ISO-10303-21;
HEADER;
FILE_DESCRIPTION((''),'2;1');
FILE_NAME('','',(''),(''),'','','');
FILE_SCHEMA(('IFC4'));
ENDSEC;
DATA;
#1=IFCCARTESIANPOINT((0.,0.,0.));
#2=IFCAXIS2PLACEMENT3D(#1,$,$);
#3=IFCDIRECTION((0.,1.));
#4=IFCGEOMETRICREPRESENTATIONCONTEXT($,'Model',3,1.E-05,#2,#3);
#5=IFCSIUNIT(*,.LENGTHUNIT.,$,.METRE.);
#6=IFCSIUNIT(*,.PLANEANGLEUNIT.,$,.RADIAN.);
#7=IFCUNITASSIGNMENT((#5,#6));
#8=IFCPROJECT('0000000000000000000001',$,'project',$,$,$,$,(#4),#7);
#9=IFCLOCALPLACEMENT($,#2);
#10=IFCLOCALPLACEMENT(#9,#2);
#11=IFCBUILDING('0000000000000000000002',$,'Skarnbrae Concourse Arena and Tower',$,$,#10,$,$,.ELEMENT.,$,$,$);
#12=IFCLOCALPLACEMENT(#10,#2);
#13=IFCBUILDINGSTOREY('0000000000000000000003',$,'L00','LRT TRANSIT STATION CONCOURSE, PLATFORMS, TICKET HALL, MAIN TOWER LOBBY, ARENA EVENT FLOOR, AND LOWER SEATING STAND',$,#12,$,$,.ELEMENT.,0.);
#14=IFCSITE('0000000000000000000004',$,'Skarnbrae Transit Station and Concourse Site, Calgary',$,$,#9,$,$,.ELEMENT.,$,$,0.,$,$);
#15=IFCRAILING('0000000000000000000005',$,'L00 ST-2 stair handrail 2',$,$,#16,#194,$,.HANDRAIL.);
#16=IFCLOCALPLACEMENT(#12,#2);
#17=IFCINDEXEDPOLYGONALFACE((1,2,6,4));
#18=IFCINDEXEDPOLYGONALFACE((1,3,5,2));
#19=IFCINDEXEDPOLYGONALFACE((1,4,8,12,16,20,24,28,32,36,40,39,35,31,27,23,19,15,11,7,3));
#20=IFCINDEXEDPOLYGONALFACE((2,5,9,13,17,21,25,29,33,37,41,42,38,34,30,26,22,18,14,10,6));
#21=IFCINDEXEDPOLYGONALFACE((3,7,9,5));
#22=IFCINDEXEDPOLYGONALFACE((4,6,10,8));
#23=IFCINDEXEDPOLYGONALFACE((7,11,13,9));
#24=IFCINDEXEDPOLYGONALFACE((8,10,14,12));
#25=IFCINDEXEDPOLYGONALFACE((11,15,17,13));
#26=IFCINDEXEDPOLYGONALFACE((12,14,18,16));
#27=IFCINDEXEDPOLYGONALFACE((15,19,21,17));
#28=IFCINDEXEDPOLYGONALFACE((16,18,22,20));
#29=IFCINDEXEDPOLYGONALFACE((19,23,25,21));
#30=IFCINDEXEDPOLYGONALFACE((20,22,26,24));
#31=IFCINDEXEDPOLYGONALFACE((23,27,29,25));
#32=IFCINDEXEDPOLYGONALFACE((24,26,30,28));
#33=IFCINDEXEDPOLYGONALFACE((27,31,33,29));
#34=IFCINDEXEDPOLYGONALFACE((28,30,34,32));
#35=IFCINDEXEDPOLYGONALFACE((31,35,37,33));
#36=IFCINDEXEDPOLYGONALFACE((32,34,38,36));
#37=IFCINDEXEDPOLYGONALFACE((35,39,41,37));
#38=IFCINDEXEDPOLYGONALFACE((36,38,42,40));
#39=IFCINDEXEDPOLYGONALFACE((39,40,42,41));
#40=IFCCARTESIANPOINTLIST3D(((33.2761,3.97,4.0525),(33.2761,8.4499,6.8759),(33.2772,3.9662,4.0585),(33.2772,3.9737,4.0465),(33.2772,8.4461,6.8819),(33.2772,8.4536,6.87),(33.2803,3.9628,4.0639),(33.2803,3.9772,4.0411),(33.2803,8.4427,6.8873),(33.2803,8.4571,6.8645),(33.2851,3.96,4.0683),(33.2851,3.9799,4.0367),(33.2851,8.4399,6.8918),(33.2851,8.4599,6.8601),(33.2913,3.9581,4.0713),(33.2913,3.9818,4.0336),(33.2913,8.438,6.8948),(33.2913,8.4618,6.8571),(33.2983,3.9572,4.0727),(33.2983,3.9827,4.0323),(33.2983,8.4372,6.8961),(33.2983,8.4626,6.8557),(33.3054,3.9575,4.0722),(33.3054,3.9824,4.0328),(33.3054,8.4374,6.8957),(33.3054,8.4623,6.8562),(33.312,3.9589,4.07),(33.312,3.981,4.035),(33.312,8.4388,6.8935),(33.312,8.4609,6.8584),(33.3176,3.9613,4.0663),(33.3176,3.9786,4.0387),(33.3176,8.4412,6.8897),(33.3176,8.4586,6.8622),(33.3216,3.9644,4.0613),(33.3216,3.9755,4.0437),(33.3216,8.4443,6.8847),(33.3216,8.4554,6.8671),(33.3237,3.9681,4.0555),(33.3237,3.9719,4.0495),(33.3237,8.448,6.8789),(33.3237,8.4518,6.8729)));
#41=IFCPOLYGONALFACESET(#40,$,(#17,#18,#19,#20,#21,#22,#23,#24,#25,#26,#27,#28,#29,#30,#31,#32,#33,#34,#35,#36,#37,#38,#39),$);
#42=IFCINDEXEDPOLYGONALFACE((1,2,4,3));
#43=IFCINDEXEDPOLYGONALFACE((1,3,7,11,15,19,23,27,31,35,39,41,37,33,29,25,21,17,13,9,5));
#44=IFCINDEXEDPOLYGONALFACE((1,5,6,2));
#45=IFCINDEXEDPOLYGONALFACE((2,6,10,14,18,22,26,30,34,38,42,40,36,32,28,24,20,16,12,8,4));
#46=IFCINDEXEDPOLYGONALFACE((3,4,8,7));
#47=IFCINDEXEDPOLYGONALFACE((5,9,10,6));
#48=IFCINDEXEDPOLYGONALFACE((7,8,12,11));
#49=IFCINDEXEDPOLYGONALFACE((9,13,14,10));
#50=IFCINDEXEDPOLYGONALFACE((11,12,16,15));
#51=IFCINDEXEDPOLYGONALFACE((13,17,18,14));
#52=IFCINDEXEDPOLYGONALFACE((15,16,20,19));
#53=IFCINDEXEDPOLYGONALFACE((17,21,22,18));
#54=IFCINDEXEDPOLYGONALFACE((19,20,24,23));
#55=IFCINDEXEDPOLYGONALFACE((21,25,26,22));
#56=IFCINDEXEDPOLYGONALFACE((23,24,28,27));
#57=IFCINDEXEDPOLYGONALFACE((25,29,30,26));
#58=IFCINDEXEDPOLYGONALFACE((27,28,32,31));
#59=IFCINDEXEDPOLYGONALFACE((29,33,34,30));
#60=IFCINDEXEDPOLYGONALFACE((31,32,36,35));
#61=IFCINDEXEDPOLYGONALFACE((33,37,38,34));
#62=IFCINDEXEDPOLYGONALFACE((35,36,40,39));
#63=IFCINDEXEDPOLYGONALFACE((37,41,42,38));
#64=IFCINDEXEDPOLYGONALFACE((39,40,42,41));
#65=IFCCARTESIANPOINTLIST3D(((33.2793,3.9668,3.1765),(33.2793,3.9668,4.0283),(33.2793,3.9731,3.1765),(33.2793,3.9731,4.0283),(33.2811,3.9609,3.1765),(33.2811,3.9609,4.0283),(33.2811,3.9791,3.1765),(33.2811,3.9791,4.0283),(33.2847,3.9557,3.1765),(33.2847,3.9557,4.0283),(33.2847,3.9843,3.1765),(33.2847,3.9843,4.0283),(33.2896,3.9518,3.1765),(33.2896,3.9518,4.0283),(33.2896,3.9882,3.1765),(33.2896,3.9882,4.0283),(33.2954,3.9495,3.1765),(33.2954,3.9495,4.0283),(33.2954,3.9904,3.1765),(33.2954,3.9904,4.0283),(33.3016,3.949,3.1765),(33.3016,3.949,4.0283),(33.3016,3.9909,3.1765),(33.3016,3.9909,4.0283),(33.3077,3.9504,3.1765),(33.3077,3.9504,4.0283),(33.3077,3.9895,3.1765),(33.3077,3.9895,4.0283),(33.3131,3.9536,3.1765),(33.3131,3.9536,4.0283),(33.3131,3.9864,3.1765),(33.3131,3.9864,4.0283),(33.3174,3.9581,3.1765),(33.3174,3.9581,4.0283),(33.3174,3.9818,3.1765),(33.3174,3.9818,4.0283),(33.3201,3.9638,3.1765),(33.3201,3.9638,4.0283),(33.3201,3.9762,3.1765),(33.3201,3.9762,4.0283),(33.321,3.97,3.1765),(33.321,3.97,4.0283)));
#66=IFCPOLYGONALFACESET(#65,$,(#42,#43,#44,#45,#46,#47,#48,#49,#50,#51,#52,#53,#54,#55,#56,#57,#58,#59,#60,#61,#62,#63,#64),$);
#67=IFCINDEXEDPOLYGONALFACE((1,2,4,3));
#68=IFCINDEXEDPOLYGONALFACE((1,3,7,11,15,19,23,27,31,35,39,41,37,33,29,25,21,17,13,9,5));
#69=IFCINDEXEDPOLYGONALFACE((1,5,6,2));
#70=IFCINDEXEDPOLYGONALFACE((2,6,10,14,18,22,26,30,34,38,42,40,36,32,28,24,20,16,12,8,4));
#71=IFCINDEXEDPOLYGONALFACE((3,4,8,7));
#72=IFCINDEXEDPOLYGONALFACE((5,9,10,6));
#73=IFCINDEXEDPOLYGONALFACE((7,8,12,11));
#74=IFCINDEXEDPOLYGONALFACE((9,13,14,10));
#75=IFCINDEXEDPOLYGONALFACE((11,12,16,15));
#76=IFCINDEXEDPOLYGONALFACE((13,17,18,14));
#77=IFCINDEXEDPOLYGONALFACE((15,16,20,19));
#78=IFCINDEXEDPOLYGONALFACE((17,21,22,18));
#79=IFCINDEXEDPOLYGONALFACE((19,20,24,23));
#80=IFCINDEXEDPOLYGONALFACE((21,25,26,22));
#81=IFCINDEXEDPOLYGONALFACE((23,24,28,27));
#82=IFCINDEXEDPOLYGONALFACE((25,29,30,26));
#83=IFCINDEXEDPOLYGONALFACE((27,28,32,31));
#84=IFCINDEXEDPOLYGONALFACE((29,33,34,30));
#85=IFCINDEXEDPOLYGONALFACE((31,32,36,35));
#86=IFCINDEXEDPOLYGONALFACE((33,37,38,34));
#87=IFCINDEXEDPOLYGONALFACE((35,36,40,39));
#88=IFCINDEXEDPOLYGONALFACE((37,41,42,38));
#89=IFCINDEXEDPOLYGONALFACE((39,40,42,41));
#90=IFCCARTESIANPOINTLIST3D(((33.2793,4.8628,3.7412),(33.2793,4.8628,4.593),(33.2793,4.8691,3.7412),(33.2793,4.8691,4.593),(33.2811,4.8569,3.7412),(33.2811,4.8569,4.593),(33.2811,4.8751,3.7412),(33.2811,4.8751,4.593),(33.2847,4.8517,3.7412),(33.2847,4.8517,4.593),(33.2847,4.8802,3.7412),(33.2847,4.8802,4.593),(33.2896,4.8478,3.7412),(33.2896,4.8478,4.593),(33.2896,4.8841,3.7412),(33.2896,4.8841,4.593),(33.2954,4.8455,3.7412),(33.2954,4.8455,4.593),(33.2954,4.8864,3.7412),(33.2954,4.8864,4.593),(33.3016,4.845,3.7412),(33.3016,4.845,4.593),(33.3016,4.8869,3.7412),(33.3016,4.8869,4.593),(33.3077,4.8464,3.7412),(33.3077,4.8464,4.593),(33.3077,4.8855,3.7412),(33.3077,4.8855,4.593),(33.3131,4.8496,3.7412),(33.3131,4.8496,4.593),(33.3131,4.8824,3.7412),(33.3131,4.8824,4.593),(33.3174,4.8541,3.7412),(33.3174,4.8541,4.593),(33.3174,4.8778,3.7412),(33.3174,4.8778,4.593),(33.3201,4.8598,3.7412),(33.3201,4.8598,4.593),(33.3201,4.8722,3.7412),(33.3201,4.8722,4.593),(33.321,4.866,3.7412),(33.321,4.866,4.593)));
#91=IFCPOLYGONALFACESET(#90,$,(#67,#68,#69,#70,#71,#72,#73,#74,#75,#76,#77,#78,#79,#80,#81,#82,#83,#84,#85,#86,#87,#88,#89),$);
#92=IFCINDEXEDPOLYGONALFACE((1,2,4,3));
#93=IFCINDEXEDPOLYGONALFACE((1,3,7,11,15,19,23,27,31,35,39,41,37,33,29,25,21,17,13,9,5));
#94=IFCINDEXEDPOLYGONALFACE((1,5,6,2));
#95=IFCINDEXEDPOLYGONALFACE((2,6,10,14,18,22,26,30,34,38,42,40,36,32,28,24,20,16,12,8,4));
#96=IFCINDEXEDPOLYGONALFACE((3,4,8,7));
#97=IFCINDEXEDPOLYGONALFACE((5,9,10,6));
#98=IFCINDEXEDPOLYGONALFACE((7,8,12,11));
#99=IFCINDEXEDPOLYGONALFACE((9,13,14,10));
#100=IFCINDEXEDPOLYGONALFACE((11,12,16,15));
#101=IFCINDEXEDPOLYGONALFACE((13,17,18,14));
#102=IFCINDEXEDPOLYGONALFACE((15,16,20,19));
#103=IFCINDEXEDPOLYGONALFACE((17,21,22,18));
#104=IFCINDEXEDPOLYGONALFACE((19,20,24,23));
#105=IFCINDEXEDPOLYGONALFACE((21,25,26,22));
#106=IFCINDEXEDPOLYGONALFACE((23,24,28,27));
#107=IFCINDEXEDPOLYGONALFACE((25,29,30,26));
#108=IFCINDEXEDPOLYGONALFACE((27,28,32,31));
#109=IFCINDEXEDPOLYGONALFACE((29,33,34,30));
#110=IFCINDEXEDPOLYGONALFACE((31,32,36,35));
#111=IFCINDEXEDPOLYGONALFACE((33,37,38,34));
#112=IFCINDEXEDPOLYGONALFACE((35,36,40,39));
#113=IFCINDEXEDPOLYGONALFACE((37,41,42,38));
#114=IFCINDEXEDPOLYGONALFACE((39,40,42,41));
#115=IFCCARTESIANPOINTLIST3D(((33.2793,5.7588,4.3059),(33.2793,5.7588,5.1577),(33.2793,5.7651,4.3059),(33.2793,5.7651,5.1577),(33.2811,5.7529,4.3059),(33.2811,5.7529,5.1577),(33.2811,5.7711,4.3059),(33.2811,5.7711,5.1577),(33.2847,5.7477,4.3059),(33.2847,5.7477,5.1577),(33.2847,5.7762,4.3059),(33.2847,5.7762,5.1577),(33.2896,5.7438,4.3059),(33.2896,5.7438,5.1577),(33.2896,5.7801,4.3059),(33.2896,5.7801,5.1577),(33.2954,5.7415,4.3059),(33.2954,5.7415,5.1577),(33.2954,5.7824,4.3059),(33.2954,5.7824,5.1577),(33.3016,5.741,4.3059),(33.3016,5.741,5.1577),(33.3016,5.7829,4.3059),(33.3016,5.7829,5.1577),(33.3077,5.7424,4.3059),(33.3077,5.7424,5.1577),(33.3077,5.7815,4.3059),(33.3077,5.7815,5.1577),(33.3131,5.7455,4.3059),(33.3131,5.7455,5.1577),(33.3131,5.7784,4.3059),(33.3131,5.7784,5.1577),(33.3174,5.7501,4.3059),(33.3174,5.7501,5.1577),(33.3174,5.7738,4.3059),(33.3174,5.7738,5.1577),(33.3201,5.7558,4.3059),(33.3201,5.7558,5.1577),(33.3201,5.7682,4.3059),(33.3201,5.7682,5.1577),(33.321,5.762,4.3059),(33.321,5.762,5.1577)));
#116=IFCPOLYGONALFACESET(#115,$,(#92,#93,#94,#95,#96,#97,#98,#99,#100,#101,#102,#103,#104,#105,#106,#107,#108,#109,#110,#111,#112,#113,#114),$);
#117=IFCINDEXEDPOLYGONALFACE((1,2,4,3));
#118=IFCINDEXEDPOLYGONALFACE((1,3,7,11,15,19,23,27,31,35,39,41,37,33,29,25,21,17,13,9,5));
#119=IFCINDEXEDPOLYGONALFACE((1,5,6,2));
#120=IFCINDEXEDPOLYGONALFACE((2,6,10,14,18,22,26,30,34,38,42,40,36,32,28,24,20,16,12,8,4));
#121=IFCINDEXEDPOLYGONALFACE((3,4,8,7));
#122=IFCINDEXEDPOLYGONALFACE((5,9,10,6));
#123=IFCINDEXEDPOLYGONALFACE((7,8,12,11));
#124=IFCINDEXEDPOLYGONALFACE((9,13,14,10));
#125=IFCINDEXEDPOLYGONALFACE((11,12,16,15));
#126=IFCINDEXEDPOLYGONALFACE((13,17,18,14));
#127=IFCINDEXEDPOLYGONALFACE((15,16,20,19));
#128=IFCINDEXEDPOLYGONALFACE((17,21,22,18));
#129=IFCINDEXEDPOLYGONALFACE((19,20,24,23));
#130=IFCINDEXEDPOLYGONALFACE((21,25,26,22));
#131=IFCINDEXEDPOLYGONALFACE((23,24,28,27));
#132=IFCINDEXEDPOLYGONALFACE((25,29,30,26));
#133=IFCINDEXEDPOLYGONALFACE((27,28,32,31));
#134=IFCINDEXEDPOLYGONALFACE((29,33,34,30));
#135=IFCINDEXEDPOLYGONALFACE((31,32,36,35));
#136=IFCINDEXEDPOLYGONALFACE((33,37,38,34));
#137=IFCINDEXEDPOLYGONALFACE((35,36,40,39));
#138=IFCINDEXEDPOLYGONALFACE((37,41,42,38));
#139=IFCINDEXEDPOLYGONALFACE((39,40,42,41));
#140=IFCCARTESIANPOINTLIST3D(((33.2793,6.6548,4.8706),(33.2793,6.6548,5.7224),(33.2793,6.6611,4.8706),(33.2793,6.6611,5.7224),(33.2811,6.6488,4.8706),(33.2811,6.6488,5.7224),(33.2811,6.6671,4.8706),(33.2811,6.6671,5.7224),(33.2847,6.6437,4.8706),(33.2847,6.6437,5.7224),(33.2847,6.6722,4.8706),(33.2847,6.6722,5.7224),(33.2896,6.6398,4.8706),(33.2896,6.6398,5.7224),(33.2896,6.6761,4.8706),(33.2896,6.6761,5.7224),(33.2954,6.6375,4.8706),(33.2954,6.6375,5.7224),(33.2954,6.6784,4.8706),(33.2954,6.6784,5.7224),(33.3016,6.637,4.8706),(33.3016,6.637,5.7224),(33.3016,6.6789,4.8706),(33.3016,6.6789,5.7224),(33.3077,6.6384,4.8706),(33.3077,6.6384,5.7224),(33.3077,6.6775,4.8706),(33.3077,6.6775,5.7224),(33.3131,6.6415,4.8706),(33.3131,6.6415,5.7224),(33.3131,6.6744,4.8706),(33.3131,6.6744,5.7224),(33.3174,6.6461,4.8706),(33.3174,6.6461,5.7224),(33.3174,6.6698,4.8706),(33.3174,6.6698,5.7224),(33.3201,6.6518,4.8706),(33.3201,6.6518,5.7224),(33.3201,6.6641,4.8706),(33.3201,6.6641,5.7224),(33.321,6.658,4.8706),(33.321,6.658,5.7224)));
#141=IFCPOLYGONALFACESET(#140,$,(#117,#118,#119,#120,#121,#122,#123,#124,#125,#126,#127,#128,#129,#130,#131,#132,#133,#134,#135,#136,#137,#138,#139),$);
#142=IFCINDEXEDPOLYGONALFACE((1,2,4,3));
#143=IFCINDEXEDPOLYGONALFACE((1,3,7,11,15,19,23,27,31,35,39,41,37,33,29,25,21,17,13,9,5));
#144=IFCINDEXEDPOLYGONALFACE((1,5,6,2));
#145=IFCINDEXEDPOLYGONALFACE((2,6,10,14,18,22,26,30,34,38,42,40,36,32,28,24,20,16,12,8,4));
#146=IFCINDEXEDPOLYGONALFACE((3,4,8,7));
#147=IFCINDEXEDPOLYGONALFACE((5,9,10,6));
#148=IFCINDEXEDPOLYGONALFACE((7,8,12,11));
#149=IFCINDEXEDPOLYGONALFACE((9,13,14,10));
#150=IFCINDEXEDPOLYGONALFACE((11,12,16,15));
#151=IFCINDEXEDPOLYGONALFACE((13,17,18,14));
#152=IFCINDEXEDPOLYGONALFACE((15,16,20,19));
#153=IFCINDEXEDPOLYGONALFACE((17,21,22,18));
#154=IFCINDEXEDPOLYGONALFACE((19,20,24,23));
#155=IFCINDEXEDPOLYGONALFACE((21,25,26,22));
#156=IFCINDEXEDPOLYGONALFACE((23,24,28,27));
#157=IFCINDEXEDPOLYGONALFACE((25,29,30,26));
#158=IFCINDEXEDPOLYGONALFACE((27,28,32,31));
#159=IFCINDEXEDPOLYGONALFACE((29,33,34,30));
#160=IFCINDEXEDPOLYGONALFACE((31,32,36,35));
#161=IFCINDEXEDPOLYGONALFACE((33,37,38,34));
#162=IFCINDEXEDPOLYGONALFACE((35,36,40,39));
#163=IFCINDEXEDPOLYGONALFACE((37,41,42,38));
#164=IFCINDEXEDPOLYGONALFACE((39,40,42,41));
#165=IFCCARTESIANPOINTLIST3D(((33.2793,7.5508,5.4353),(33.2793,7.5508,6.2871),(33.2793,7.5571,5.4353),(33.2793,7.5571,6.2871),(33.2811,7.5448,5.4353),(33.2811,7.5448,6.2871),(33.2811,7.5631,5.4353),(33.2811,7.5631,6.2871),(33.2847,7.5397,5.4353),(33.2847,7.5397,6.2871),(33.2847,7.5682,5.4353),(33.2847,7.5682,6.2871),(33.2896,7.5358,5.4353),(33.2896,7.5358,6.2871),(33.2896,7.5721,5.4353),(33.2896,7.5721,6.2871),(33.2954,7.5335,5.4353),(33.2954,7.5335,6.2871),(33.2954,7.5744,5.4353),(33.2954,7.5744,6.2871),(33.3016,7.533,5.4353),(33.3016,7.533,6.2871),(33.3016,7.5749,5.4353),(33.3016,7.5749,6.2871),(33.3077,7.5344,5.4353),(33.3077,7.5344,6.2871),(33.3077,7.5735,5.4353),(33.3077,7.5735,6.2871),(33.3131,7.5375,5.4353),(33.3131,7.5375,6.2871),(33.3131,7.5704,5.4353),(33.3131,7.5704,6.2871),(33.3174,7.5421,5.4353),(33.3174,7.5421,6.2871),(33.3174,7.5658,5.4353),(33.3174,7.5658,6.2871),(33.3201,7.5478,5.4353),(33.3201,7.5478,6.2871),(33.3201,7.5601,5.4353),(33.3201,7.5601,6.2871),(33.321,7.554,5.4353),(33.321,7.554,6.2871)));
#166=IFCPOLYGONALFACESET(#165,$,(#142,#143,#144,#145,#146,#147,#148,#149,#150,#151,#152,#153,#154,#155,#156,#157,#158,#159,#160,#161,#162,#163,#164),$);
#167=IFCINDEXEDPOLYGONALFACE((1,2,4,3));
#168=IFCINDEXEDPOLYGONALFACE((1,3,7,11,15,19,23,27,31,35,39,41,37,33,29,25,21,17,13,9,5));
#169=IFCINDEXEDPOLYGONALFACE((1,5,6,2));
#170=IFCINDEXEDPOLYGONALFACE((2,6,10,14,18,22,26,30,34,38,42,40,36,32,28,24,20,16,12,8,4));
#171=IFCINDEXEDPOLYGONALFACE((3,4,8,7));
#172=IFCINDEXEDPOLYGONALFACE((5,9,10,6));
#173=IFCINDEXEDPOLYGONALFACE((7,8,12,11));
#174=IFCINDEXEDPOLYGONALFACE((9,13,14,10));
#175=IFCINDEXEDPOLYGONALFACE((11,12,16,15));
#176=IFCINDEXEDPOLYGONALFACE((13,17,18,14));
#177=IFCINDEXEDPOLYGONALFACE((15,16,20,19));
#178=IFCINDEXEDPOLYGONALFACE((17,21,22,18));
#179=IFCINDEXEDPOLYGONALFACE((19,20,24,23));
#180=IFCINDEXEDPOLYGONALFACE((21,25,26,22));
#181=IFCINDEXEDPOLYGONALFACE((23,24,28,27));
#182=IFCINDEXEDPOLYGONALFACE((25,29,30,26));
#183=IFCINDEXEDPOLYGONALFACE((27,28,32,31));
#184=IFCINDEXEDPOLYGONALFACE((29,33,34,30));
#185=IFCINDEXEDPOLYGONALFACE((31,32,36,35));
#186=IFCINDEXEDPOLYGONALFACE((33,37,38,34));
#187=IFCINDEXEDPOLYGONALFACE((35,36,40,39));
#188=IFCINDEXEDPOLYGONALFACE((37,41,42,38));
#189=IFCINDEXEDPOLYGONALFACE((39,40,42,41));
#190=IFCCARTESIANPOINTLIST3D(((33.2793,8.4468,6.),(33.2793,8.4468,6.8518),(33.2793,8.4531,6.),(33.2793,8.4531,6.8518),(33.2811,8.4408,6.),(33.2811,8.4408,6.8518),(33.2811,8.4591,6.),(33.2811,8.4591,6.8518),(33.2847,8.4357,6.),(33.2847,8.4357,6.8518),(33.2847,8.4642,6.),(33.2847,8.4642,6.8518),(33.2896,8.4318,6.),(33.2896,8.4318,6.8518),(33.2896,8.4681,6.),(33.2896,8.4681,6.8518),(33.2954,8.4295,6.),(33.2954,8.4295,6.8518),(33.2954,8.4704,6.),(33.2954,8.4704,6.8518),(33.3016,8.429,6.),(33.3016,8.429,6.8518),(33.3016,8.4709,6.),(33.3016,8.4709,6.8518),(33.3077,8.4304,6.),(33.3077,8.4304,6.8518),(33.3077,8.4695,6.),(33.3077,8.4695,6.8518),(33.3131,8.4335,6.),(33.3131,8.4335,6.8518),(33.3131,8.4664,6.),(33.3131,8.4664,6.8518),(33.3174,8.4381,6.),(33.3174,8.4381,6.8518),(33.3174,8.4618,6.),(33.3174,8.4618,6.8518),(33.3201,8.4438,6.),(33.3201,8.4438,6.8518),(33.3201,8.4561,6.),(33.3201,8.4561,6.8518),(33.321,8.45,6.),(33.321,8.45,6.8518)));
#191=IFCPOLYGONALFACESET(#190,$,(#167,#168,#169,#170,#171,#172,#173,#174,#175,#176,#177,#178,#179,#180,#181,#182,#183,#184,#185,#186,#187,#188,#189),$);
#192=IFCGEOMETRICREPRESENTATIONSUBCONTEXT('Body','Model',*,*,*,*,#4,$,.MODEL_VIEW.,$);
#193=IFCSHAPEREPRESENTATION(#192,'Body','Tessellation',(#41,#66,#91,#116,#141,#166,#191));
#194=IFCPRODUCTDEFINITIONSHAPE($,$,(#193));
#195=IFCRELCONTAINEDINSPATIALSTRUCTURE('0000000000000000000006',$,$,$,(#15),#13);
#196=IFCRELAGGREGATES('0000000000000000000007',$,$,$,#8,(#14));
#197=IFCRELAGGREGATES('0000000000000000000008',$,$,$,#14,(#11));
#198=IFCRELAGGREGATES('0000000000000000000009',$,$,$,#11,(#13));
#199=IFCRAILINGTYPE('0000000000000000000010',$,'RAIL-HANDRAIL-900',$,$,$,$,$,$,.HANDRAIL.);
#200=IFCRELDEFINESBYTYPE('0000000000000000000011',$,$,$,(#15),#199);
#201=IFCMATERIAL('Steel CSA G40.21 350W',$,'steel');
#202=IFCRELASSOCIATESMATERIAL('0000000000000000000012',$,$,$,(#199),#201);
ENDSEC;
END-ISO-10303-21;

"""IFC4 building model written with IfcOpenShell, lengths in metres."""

from ifc_helpers import new_model, si_unit, direction, frame, origin, origin_2d, place, context, subcontext, project, spatial, circle, extrude, material, type_object, element, save


model = new_model("IFC4")

# Units and contexts
model_context = context("Model", 3, precision=1e-05, world=origin(), true_north=direction((0.0, 1.0)))
body_context = subcontext(model_context, "Body", "Model", "MODEL_VIEW")
ifc_project = project(units=[si_unit("LENGTHUNIT", "METRE"), si_unit("PLANEANGLEUNIT", "RADIAN")], contexts=[model_context])

# Site, building, storey
site_placement = place(None, origin())
site = spatial("IfcSite", under=ifc_project, at=site_placement, Name="Skarnbrae Transit Station and Concourse Site, Calgary", CompositionType="ELEMENT", RefElevation=0.0)
building_placement = place(site_placement, origin())
building = spatial("IfcBuilding", under=site, at=building_placement, Name="Skarnbrae Concourse Arena and Tower", CompositionType="ELEMENT")
storey_placement = place(building_placement, origin())
storey = spatial("IfcBuildingStorey", under=building, at=storey_placement, Name="L00", Description="LRT TRANSIT STATION CONCOURSE, PLATFORMS, TICKET HALL, MAIN TOWER LOBBY, ARENA EVENT FLOOR, AND LOWER SEATING STAND", CompositionType="ELEMENT", Elevation=0.0)

# Shared definitions
ifc_material_1 = material(Name="Steel CSA G40.21 350W", Category="steel")

# Railing
railing_type = type_object("IfcRailingType", Name="RAIL-HANDRAIL-900", PredefinedType="HANDRAIL", material=ifc_material_1)
railing_placement = place(storey_placement, frame((33.3, 3.97, 3.1765)))
element("IfcRailing", 1, at=railing_placement, inside=storey, type_object=railing_type, Name="L00 ST-2 stair handrail 2", PredefinedType="HANDRAIL", context=body_context, shape_type="SweptSolid", body=[
    extrude(circle(Radius=0.0239, at=origin_2d()), frame((0.0, 0.0, 0.876), z_axis=(0.0, 0.845998, 0.533186), x_axis=(-1.0, 0.0, 0.0)), (0.0, 0.0, 1.0), 5.2954),
    extrude(circle(Radius=0.021, at=origin_2d()), origin(), (0.0, 0.0, 1.0), 0.8518),
    extrude(circle(Radius=0.021, at=origin_2d()), frame((0.0, 0.896, 0.5647)), (0.0, 0.0, 1.0), 0.8518),
    extrude(circle(Radius=0.021, at=origin_2d()), frame((0.0, 1.792, 1.1294)), (0.0, 0.0, 1.0), 0.8518),
    extrude(circle(Radius=0.021, at=origin_2d()), frame((0.0, 2.688, 1.6941)), (0.0, 0.0, 1.0), 0.8518),
    extrude(circle(Radius=0.021, at=origin_2d()), frame((0.0, 3.584, 2.2588)), (0.0, 0.0, 1.0), 0.8518),
    extrude(circle(Radius=0.021, at=origin_2d()), frame((0.0, 4.48, 2.8235)), (0.0, 0.0, 1.0), 0.8518),
])

save(model, "model.ifc")
